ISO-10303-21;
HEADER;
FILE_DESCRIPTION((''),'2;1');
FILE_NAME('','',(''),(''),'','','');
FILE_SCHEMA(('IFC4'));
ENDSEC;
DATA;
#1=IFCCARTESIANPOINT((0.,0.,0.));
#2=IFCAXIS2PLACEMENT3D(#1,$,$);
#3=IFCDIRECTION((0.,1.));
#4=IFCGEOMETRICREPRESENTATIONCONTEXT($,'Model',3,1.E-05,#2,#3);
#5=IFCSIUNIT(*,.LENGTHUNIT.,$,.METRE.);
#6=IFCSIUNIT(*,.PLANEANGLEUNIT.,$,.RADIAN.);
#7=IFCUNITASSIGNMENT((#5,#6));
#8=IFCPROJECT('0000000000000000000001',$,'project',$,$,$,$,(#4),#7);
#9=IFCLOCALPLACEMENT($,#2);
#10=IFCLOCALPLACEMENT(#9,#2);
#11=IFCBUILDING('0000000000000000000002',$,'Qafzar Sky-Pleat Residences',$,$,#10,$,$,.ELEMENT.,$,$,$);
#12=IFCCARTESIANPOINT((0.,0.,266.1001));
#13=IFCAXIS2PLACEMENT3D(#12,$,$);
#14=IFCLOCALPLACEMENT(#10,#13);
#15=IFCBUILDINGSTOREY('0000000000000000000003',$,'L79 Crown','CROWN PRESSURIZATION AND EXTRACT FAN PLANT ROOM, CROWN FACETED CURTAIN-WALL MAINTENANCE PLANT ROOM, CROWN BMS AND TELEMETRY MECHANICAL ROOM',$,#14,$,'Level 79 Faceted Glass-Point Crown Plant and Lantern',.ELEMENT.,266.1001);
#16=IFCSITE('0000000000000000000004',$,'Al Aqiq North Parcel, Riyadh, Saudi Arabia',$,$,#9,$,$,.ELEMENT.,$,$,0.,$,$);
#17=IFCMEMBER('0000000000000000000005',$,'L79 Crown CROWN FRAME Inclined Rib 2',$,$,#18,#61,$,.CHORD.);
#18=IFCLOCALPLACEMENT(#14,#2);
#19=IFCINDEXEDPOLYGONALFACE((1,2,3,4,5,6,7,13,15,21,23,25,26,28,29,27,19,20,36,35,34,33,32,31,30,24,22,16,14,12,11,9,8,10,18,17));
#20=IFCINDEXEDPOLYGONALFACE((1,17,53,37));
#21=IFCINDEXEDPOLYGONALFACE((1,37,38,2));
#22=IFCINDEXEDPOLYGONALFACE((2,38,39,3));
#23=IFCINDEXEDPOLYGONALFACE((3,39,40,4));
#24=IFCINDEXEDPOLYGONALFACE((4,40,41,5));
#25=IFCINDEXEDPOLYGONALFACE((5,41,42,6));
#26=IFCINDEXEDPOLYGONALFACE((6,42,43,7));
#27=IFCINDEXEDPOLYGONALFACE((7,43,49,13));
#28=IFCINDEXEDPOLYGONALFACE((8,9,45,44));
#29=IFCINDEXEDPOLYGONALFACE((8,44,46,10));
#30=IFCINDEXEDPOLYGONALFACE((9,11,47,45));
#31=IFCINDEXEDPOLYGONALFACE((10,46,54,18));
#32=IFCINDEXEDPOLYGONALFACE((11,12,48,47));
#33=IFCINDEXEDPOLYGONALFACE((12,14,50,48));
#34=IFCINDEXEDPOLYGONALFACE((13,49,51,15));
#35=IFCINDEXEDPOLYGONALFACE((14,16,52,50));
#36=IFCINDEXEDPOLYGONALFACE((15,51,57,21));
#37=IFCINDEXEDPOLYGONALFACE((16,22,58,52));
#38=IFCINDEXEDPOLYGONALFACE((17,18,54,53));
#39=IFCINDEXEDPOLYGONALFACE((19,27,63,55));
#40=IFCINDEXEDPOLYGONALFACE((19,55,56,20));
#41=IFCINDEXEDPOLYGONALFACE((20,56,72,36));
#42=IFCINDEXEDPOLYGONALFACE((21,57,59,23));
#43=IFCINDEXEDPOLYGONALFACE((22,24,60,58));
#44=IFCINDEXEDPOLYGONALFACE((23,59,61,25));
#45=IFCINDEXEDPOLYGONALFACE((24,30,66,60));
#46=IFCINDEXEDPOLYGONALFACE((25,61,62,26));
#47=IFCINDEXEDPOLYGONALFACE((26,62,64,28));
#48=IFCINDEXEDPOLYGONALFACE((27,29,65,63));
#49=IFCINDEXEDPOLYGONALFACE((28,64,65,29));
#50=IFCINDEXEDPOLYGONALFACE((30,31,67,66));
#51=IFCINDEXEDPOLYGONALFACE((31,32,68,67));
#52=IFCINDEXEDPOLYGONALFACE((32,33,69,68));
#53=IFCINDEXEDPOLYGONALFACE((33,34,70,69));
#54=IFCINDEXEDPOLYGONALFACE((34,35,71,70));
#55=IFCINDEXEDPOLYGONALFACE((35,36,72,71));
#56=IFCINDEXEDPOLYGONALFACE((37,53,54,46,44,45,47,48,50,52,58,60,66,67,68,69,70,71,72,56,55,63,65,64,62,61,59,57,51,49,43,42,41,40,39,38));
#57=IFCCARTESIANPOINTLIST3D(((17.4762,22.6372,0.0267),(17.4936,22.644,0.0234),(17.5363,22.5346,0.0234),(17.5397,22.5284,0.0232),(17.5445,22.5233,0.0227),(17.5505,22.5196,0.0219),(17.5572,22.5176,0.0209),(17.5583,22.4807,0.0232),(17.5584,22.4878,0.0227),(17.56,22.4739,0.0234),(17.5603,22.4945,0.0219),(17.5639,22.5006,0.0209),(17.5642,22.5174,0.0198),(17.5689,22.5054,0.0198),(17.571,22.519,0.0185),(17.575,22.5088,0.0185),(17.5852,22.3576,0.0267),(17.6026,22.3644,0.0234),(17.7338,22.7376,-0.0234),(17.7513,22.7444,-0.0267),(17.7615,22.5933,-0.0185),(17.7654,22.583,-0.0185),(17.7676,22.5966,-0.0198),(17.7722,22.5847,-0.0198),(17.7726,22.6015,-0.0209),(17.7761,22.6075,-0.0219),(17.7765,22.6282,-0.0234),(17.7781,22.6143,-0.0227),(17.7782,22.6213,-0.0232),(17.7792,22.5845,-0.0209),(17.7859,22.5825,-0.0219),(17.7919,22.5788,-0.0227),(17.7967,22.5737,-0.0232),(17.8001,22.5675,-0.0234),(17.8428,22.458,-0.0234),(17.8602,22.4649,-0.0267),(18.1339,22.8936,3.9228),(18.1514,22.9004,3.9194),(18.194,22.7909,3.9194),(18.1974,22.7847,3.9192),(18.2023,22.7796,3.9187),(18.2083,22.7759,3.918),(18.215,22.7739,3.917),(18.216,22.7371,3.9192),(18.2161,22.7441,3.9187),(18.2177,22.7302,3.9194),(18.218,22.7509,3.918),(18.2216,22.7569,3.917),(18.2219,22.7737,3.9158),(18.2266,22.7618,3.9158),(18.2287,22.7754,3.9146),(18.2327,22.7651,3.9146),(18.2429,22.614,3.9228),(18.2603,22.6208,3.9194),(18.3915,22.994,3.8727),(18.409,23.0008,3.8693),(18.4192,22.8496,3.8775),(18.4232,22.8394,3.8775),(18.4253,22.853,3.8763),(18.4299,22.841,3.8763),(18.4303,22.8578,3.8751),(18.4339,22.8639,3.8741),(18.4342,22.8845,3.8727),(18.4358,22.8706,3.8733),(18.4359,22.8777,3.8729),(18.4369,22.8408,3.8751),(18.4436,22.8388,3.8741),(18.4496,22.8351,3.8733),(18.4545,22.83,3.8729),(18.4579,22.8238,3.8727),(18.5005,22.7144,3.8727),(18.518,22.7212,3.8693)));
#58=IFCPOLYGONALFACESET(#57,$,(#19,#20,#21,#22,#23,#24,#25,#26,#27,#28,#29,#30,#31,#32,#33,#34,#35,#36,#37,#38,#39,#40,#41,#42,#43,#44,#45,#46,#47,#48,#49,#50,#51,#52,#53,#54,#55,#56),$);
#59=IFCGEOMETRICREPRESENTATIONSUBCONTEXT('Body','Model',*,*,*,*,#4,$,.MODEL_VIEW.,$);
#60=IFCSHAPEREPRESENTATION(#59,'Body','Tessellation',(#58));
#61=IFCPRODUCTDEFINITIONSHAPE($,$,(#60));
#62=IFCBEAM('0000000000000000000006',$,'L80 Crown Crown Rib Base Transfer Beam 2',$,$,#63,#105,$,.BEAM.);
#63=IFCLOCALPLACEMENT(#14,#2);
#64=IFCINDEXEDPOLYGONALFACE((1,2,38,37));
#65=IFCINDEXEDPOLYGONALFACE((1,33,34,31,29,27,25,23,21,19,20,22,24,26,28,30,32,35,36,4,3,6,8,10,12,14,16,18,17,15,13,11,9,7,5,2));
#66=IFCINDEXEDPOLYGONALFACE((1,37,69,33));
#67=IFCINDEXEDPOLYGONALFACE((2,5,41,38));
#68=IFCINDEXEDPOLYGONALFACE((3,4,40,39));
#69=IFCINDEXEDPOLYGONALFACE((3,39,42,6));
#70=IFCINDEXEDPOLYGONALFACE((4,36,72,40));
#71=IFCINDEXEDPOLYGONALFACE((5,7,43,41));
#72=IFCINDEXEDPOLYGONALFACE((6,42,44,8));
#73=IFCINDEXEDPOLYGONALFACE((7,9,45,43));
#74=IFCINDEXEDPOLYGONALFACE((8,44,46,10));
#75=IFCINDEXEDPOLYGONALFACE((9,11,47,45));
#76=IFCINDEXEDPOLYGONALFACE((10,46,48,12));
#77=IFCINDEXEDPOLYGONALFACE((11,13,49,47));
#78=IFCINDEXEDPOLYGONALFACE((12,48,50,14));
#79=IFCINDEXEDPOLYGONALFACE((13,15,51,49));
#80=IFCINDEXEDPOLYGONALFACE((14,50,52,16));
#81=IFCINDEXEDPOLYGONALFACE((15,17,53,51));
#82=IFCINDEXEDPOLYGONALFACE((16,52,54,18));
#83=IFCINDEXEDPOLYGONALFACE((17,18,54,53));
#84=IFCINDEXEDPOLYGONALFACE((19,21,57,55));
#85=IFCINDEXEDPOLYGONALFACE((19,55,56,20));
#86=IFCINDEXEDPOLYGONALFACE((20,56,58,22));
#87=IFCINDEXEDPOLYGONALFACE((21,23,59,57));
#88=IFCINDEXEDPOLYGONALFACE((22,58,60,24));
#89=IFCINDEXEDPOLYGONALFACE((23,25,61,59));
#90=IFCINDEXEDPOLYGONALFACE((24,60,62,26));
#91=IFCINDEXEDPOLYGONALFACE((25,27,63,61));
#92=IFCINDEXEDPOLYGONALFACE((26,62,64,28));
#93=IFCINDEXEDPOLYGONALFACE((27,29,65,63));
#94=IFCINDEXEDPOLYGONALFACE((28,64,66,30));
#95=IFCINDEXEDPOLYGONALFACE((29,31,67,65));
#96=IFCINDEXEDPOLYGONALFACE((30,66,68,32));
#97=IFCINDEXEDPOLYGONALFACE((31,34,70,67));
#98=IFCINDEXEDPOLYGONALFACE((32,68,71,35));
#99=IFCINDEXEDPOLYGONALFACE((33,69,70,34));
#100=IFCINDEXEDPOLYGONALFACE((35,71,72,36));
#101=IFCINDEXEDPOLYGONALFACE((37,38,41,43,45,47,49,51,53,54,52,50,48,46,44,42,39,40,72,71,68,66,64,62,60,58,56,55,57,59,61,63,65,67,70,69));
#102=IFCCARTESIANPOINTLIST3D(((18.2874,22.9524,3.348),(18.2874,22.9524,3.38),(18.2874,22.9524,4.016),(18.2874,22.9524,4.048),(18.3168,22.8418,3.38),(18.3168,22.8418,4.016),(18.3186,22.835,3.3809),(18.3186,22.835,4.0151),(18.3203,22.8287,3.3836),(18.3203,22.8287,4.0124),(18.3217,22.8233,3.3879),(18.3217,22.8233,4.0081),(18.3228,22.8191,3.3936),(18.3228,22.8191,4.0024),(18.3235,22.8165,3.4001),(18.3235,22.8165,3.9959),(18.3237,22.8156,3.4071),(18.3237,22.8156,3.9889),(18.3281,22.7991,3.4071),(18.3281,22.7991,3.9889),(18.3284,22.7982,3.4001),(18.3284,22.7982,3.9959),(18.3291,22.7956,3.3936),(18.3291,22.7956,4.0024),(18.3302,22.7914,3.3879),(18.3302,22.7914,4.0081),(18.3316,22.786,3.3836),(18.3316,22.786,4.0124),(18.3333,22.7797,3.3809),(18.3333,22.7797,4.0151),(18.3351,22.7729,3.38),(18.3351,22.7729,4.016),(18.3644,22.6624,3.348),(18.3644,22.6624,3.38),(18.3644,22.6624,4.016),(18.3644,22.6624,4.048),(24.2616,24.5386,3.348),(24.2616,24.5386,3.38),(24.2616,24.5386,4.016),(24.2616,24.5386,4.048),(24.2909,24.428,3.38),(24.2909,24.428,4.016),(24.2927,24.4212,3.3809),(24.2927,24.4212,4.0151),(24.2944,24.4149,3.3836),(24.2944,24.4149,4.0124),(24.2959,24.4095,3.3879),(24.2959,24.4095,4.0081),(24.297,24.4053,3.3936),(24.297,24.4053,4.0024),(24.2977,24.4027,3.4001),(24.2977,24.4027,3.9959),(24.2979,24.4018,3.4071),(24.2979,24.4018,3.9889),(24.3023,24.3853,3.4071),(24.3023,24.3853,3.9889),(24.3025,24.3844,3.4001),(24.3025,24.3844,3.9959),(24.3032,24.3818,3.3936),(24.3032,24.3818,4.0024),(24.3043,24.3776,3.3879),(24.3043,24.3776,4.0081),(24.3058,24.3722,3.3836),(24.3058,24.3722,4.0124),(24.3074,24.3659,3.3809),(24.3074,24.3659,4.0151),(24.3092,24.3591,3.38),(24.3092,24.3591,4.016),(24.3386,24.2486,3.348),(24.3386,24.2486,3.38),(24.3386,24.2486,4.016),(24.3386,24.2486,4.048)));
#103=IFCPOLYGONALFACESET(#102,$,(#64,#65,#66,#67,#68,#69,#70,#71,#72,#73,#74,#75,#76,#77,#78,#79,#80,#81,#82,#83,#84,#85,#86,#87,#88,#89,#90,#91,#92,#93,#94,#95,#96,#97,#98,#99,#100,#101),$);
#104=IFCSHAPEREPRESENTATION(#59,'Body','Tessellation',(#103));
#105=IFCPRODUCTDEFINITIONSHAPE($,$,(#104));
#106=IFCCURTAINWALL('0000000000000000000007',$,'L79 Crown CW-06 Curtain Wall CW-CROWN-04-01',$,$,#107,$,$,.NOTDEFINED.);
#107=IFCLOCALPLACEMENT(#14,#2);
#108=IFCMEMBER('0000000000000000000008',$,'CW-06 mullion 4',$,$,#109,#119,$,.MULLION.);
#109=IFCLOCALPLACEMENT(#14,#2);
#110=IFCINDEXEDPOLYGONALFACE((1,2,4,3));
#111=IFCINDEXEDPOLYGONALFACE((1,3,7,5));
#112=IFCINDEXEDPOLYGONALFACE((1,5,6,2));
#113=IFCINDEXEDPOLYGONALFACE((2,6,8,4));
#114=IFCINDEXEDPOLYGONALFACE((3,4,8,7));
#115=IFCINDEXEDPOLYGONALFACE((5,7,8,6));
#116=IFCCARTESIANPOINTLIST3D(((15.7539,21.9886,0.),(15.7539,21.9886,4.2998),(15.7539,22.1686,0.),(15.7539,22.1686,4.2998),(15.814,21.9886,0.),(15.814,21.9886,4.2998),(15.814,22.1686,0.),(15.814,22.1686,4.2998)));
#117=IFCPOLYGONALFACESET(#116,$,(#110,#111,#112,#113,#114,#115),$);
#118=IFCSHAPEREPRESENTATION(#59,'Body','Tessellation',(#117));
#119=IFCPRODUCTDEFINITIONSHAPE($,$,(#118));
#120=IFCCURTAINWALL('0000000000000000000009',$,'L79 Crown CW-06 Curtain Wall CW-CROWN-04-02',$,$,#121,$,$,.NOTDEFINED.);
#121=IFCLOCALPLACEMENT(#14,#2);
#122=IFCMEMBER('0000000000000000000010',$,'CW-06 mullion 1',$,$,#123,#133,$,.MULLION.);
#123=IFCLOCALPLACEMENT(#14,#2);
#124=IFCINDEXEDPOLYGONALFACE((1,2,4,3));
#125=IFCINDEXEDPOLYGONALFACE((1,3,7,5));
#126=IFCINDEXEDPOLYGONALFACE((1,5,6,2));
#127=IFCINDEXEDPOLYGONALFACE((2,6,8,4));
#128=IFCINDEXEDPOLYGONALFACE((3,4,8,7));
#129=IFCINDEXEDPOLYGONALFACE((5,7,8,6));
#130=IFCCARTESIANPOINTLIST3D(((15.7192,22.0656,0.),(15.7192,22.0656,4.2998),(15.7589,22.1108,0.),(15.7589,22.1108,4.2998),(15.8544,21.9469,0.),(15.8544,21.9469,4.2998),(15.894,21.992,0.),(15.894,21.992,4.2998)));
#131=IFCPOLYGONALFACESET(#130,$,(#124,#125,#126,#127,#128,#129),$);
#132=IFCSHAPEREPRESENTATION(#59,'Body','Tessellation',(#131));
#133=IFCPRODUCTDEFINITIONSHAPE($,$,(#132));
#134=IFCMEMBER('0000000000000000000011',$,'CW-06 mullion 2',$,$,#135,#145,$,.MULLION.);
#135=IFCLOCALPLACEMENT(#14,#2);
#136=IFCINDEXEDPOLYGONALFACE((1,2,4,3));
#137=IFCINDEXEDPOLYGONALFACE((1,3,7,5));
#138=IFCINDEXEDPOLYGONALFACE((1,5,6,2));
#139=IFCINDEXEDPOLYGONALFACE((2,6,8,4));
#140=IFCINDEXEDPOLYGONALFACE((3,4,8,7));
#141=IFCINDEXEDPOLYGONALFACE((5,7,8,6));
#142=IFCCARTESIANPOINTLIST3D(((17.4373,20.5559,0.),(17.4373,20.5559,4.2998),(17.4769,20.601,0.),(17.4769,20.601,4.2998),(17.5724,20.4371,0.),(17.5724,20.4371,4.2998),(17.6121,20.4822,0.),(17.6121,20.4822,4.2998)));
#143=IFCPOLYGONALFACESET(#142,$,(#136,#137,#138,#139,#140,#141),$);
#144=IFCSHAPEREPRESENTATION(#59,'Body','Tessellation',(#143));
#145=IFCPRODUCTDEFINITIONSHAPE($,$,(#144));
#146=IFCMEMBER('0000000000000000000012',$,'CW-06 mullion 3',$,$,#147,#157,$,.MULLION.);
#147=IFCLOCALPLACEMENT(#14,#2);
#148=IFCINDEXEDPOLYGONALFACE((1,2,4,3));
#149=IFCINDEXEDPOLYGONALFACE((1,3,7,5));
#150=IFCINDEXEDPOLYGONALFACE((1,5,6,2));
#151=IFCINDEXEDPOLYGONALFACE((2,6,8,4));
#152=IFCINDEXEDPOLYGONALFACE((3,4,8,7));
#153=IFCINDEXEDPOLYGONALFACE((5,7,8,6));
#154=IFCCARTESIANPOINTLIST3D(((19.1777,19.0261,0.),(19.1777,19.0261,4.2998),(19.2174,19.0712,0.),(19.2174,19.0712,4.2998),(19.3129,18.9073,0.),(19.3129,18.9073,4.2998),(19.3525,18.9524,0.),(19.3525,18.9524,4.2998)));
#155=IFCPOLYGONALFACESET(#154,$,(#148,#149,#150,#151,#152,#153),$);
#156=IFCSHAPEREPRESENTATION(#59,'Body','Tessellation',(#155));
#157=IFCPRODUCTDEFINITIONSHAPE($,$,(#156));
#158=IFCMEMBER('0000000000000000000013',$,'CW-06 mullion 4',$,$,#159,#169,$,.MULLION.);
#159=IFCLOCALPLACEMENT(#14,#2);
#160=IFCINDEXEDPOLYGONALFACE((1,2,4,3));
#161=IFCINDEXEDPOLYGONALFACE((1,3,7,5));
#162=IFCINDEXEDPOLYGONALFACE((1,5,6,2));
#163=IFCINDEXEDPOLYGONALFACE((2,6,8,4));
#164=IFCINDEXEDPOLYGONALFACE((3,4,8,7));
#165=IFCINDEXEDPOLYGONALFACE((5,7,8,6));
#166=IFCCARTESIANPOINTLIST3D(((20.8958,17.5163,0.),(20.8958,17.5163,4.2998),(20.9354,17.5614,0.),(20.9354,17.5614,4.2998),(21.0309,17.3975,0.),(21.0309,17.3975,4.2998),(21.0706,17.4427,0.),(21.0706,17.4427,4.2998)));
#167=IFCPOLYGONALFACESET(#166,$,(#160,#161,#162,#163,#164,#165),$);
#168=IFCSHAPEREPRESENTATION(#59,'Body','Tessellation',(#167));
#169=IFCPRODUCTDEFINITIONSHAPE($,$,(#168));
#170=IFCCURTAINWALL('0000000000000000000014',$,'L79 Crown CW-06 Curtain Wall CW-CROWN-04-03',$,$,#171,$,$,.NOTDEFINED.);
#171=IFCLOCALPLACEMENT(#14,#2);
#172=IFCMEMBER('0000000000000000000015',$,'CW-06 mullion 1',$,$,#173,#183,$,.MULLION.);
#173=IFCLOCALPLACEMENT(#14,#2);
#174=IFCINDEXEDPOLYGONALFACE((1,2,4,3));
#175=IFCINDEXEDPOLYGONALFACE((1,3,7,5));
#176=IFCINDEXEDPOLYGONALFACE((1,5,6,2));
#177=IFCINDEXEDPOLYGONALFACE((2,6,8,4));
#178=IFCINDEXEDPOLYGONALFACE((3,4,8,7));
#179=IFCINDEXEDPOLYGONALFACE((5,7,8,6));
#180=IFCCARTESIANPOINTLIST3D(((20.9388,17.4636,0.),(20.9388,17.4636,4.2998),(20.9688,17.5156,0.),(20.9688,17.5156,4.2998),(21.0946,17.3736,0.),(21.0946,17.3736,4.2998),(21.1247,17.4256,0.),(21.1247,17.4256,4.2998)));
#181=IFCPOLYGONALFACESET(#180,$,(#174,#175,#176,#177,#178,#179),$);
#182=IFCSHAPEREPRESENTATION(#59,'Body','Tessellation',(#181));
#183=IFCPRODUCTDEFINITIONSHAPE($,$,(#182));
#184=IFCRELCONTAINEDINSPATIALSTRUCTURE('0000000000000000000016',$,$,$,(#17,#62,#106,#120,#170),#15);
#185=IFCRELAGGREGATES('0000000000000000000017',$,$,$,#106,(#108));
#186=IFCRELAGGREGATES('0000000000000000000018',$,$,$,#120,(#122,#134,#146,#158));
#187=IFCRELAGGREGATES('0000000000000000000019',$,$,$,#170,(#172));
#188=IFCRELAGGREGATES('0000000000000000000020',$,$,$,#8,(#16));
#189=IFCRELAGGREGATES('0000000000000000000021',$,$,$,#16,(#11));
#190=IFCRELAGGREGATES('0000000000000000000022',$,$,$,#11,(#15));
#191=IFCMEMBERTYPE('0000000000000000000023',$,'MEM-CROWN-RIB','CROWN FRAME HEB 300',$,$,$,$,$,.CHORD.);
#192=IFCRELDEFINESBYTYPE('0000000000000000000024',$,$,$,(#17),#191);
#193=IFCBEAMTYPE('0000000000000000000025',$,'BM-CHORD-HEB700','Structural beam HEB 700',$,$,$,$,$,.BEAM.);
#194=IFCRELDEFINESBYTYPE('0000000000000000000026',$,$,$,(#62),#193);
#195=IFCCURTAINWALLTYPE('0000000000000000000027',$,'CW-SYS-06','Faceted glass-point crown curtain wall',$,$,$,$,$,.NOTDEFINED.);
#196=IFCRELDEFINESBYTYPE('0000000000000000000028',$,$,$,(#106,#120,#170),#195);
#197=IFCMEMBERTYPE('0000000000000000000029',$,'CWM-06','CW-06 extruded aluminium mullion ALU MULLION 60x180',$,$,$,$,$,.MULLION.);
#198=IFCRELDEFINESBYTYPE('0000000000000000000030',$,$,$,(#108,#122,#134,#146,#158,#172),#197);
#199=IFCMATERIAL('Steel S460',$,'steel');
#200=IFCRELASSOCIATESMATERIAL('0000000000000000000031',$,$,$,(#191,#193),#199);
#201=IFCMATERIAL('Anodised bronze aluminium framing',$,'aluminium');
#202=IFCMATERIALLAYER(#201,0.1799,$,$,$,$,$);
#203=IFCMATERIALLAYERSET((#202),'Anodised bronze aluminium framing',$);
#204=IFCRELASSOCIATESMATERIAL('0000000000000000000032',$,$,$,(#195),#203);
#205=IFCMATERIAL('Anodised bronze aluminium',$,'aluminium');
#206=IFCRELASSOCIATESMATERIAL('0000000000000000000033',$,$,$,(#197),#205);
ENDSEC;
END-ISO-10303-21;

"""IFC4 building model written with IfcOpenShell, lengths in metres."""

from ifc_helpers import new_model, si_unit, direction, frame, origin, origin_2d, place, context, subcontext, project, spatial, rectangle, i_section, extrude, source, transform, mapped, material, layer, layer_set, material_profile, profile_set, type_object, element, aggregate, save


model = new_model("IFC4")

# Units and contexts
model_context = context("Model", 3, precision=1e-05, world=origin(), true_north=direction((0.0, 1.0)))
body_context = subcontext(model_context, "Body", "Model", "MODEL_VIEW")
ifc_project = project(units=[si_unit("LENGTHUNIT", "METRE"), si_unit("PLANEANGLEUNIT", "RADIAN")], contexts=[model_context])

# Site, building, storey
site_placement = place(None, origin())
site = spatial("IfcSite", under=ifc_project, at=site_placement, Name="Al Aqiq North Parcel, Riyadh, Saudi Arabia", CompositionType="ELEMENT", RefElevation=0.0)
building_placement = place(site_placement, origin())
building = spatial("IfcBuilding", under=site, at=building_placement, Name="Qafzar Sky-Pleat Residences", CompositionType="ELEMENT")
storey_placement = place(building_placement, frame((0.0, 0.0, 266.1001)))
storey = spatial("IfcBuildingStorey", under=building, at=storey_placement, Name="L79 Crown", Description="CROWN PRESSURIZATION AND EXTRACT FAN PLANT ROOM, CROWN FACETED CURTAIN-WALL MAINTENANCE PLANT ROOM, CROWN BMS AND TELEMETRY MECHANICAL ROOM", LongName="Level 79 Faceted Glass-Point Crown Plant and Lantern", CompositionType="ELEMENT", Elevation=266.1001)

# Member
ifc_material_1 = material(Name="Steel S460", Category="steel")
ifc_material_profile_1 = material_profile(ifc_material_1, i_section(OverallWidth=0.3, OverallDepth=0.3, WebThickness=0.011, FlangeThickness=0.019, FilletRadius=0.0271, at=origin_2d()), Name="HEB 300")
ifc_profile_set_1 = profile_set([ifc_material_profile_1], Name="Steel S460")
member_type_1 = type_object("IfcMemberType", Name="MEM-CROWN-RIB", Description="CROWN FRAME HEB 300", PredefinedType="CHORD", material=ifc_profile_set_1)
shared_shape_1 = source(origin(), body_context, "Body", "SweptSolid", [
    extrude(i_section(OverallWidth=0.3, OverallDepth=0.3, WebThickness=0.011, FlangeThickness=0.019, FilletRadius=0.0271, at=origin_2d()), origin(), (0.0, 0.0, 1.0), 3.9595),
])
member_1_placement = place(storey_placement, frame((17.6682, 22.551, 0.0), z_axis=(0.166114, 0.064744, 0.983979), x_axis=(-0.363147, 0.931732, 0.0)))
element("IfcMember", 1, at=member_1_placement, inside=storey, type_object=member_type_1, Name="L79 Crown CROWN FRAME Inclined Rib 2", PredefinedType="CHORD", context=body_context, shape_type="MappedRepresentation", body=[
    mapped(shared_shape_1, transform((0.0, 0.0, 0.0), x_axis=(1.0, 0.0, 0.0), y_axis=(0.0, 1.0, 0.0), z_axis=(0.0, 0.0, 1.0), scale=1.0)),
])

# Beam
ifc_material_profile_2 = material_profile(ifc_material_1, i_section(OverallWidth=0.3, OverallDepth=0.7, WebThickness=0.0171, FlangeThickness=0.032, FilletRadius=0.0271, at=origin_2d()), Name="HEB 700")
ifc_profile_set_2 = profile_set([ifc_material_profile_2], Name="Steel S460")
beam_type = type_object("IfcBeamType", Name="BM-CHORD-HEB700", Description="Structural beam HEB 700", PredefinedType="BEAM", material=ifc_profile_set_2)
shared_shape_2 = source(origin(), body_context, "Body", "SweptSolid", [
    extrude(i_section(OverallWidth=0.3, OverallDepth=0.7, WebThickness=0.0171, FlangeThickness=0.032, FilletRadius=0.0271, at=origin_2d()), origin(), (0.0, 0.0, 1.0), 6.1812),
])
beam_placement = place(storey_placement, frame((18.3259, 22.8074, 3.698), z_axis=(0.966513, 0.256618, 0.0), x_axis=(-0.256618, 0.966513, 0.0)))
element("IfcBeam", 2, at=beam_placement, inside=storey, type_object=beam_type, Name="L80 Crown Crown Rib Base Transfer Beam 2", PredefinedType="BEAM", context=body_context, shape_type="MappedRepresentation", body=[
    mapped(shared_shape_2, transform((0.0, 0.0, 0.0), x_axis=(1.0, 0.0, 0.0), y_axis=(0.0, 1.0, 0.0), z_axis=(0.0, 0.0, 1.0), scale=1.0)),
])

# Curtain wall, member
ifc_material_2 = material(Name="Anodised bronze aluminium framing", Category="aluminium")
ifc_layer_1 = layer(ifc_material_2, 0.1799)
ifc_layer_set_1 = layer_set([ifc_layer_1], Name="Anodised bronze aluminium framing")
curtain_wall_type = type_object("IfcCurtainWallType", Name="CW-SYS-06", Description="Faceted glass-point crown curtain wall", PredefinedType="NOTDEFINED", material=ifc_layer_set_1)
curtain_wall_1_placement = place(storey_placement, origin())
curtain_wall_1 = element("IfcCurtainWall", 3, at=curtain_wall_1_placement, inside=storey, type_object=curtain_wall_type, Name="L79 Crown CW-06 Curtain Wall CW-CROWN-04-01", PredefinedType="NOTDEFINED")
ifc_material_3 = material(Name="Anodised bronze aluminium", Category="aluminium")
ifc_material_profile_3 = material_profile(ifc_material_3, rectangle(XDim=0.0601, YDim=0.1799, at=origin_2d()), Name="ALU MULLION 60x180")
ifc_profile_set_3 = profile_set([ifc_material_profile_3], Name="Anodised bronze aluminium")
member_type_2 = type_object("IfcMemberType", Name="CWM-06", Description="CW-06 extruded aluminium mullion ALU MULLION 60x180", PredefinedType="MULLION", material=ifc_profile_set_3)
shared_shape_3 = source(origin(), body_context, "Body", "SweptSolid", [
    extrude(rectangle(XDim=0.0601, YDim=0.1799, at=origin_2d()), origin(), (0.0, 0.0, 1.0), 4.2998),
])
member_2_placement = place(storey_placement, frame((15.7839, 22.0786, 0.0), z_axis=(0.0, 0.0, 1.0), x_axis=(1.0, 0.0, 0.0)))
member_2 = element("IfcMember", 4, at=member_2_placement, type_object=member_type_2, Name="CW-06 mullion 4", PredefinedType="MULLION", context=body_context, shape_type="MappedRepresentation", body=[
    mapped(shared_shape_3, transform((0.0, 0.0, 0.0), x_axis=(1.0, 0.0, 0.0), y_axis=(0.0, 1.0, 0.0), z_axis=(0.0, 0.0, 1.0), scale=1.0)),
])

# Curtain walls, members
curtain_wall_2_placement = place(storey_placement, origin())
curtain_wall_2 = element("IfcCurtainWall", 5, at=curtain_wall_2_placement, inside=storey, type_object=curtain_wall_type, Name="L79 Crown CW-06 Curtain Wall CW-CROWN-04-02", PredefinedType="NOTDEFINED")
member_3_placement = place(storey_placement, frame((15.8066, 22.0288, 0.0), z_axis=(0.0, 0.0, 1.0), x_axis=(0.660125, 0.751155, 0.0)))
member_3 = element("IfcMember", 6, at=member_3_placement, type_object=member_type_2, Name="CW-06 mullion 1", PredefinedType="MULLION", context=body_context, shape_type="MappedRepresentation", body=[
    mapped(shared_shape_3, transform((0.0, 0.0, 0.0), x_axis=(1.0, 0.0, 0.0), y_axis=(0.0, 1.0, 0.0), z_axis=(0.0, 0.0, 1.0), scale=1.0)),
])
member_4_placement = place(storey_placement, frame((17.5247, 20.519, 0.0), z_axis=(0.0, 0.0, 1.0), x_axis=(0.660125, 0.751155, 0.0)))
member_4 = element("IfcMember", 7, at=member_4_placement, type_object=member_type_2, Name="CW-06 mullion 2", PredefinedType="MULLION", context=body_context, shape_type="MappedRepresentation", body=[
    mapped(shared_shape_3, transform((0.0, 0.0, 0.0), x_axis=(1.0, 0.0, 0.0), y_axis=(0.0, 1.0, 0.0), z_axis=(0.0, 0.0, 1.0), scale=1.0)),
])
member_5_placement = place(storey_placement, frame((19.2651, 18.9893, 0.0), z_axis=(0.0, 0.0, 1.0), x_axis=(0.660125, 0.751155, 0.0)))
member_5 = element("IfcMember", 8, at=member_5_placement, type_object=member_type_2, Name="CW-06 mullion 3", PredefinedType="MULLION", context=body_context, shape_type="MappedRepresentation", body=[
    mapped(shared_shape_3, transform((0.0, 0.0, 0.0), x_axis=(1.0, 0.0, 0.0), y_axis=(0.0, 1.0, 0.0), z_axis=(0.0, 0.0, 1.0), scale=1.0)),
])
member_6_placement = place(storey_placement, frame((20.9832, 17.4795, 0.0), z_axis=(0.0, 0.0, 1.0), x_axis=(0.660125, 0.751155, 0.0)))
member_6 = element("IfcMember", 9, at=member_6_placement, type_object=member_type_2, Name="CW-06 mullion 4", PredefinedType="MULLION", context=body_context, shape_type="MappedRepresentation", body=[
    mapped(shared_shape_3, transform((0.0, 0.0, 0.0), x_axis=(1.0, 0.0, 0.0), y_axis=(0.0, 1.0, 0.0), z_axis=(0.0, 0.0, 1.0), scale=1.0)),
])
curtain_wall_3_placement = place(storey_placement, origin())
curtain_wall_3 = element("IfcCurtainWall", 10, at=curtain_wall_3_placement, inside=storey, type_object=curtain_wall_type, Name="L79 Crown CW-06 Curtain Wall CW-CROWN-04-03", PredefinedType="NOTDEFINED")
member_7_placement = place(storey_placement, frame((21.0317, 17.4446, 0.0), z_axis=(0.0, 0.0, 1.0), x_axis=(0.500003, 0.866024, 0.0)))
member_7 = element("IfcMember", 11, at=member_7_placement, type_object=member_type_2, Name="CW-06 mullion 1", PredefinedType="MULLION", context=body_context, shape_type="MappedRepresentation", body=[
    mapped(shared_shape_3, transform((0.0, 0.0, 0.0), x_axis=(1.0, 0.0, 0.0), y_axis=(0.0, 1.0, 0.0), z_axis=(0.0, 0.0, 1.0), scale=1.0)),
])

aggregate(curtain_wall_1, [member_2])
aggregate(curtain_wall_2, [member_3, member_4, member_5, member_6])
aggregate(curtain_wall_3, [member_7])

save(model, "model.ifc")
